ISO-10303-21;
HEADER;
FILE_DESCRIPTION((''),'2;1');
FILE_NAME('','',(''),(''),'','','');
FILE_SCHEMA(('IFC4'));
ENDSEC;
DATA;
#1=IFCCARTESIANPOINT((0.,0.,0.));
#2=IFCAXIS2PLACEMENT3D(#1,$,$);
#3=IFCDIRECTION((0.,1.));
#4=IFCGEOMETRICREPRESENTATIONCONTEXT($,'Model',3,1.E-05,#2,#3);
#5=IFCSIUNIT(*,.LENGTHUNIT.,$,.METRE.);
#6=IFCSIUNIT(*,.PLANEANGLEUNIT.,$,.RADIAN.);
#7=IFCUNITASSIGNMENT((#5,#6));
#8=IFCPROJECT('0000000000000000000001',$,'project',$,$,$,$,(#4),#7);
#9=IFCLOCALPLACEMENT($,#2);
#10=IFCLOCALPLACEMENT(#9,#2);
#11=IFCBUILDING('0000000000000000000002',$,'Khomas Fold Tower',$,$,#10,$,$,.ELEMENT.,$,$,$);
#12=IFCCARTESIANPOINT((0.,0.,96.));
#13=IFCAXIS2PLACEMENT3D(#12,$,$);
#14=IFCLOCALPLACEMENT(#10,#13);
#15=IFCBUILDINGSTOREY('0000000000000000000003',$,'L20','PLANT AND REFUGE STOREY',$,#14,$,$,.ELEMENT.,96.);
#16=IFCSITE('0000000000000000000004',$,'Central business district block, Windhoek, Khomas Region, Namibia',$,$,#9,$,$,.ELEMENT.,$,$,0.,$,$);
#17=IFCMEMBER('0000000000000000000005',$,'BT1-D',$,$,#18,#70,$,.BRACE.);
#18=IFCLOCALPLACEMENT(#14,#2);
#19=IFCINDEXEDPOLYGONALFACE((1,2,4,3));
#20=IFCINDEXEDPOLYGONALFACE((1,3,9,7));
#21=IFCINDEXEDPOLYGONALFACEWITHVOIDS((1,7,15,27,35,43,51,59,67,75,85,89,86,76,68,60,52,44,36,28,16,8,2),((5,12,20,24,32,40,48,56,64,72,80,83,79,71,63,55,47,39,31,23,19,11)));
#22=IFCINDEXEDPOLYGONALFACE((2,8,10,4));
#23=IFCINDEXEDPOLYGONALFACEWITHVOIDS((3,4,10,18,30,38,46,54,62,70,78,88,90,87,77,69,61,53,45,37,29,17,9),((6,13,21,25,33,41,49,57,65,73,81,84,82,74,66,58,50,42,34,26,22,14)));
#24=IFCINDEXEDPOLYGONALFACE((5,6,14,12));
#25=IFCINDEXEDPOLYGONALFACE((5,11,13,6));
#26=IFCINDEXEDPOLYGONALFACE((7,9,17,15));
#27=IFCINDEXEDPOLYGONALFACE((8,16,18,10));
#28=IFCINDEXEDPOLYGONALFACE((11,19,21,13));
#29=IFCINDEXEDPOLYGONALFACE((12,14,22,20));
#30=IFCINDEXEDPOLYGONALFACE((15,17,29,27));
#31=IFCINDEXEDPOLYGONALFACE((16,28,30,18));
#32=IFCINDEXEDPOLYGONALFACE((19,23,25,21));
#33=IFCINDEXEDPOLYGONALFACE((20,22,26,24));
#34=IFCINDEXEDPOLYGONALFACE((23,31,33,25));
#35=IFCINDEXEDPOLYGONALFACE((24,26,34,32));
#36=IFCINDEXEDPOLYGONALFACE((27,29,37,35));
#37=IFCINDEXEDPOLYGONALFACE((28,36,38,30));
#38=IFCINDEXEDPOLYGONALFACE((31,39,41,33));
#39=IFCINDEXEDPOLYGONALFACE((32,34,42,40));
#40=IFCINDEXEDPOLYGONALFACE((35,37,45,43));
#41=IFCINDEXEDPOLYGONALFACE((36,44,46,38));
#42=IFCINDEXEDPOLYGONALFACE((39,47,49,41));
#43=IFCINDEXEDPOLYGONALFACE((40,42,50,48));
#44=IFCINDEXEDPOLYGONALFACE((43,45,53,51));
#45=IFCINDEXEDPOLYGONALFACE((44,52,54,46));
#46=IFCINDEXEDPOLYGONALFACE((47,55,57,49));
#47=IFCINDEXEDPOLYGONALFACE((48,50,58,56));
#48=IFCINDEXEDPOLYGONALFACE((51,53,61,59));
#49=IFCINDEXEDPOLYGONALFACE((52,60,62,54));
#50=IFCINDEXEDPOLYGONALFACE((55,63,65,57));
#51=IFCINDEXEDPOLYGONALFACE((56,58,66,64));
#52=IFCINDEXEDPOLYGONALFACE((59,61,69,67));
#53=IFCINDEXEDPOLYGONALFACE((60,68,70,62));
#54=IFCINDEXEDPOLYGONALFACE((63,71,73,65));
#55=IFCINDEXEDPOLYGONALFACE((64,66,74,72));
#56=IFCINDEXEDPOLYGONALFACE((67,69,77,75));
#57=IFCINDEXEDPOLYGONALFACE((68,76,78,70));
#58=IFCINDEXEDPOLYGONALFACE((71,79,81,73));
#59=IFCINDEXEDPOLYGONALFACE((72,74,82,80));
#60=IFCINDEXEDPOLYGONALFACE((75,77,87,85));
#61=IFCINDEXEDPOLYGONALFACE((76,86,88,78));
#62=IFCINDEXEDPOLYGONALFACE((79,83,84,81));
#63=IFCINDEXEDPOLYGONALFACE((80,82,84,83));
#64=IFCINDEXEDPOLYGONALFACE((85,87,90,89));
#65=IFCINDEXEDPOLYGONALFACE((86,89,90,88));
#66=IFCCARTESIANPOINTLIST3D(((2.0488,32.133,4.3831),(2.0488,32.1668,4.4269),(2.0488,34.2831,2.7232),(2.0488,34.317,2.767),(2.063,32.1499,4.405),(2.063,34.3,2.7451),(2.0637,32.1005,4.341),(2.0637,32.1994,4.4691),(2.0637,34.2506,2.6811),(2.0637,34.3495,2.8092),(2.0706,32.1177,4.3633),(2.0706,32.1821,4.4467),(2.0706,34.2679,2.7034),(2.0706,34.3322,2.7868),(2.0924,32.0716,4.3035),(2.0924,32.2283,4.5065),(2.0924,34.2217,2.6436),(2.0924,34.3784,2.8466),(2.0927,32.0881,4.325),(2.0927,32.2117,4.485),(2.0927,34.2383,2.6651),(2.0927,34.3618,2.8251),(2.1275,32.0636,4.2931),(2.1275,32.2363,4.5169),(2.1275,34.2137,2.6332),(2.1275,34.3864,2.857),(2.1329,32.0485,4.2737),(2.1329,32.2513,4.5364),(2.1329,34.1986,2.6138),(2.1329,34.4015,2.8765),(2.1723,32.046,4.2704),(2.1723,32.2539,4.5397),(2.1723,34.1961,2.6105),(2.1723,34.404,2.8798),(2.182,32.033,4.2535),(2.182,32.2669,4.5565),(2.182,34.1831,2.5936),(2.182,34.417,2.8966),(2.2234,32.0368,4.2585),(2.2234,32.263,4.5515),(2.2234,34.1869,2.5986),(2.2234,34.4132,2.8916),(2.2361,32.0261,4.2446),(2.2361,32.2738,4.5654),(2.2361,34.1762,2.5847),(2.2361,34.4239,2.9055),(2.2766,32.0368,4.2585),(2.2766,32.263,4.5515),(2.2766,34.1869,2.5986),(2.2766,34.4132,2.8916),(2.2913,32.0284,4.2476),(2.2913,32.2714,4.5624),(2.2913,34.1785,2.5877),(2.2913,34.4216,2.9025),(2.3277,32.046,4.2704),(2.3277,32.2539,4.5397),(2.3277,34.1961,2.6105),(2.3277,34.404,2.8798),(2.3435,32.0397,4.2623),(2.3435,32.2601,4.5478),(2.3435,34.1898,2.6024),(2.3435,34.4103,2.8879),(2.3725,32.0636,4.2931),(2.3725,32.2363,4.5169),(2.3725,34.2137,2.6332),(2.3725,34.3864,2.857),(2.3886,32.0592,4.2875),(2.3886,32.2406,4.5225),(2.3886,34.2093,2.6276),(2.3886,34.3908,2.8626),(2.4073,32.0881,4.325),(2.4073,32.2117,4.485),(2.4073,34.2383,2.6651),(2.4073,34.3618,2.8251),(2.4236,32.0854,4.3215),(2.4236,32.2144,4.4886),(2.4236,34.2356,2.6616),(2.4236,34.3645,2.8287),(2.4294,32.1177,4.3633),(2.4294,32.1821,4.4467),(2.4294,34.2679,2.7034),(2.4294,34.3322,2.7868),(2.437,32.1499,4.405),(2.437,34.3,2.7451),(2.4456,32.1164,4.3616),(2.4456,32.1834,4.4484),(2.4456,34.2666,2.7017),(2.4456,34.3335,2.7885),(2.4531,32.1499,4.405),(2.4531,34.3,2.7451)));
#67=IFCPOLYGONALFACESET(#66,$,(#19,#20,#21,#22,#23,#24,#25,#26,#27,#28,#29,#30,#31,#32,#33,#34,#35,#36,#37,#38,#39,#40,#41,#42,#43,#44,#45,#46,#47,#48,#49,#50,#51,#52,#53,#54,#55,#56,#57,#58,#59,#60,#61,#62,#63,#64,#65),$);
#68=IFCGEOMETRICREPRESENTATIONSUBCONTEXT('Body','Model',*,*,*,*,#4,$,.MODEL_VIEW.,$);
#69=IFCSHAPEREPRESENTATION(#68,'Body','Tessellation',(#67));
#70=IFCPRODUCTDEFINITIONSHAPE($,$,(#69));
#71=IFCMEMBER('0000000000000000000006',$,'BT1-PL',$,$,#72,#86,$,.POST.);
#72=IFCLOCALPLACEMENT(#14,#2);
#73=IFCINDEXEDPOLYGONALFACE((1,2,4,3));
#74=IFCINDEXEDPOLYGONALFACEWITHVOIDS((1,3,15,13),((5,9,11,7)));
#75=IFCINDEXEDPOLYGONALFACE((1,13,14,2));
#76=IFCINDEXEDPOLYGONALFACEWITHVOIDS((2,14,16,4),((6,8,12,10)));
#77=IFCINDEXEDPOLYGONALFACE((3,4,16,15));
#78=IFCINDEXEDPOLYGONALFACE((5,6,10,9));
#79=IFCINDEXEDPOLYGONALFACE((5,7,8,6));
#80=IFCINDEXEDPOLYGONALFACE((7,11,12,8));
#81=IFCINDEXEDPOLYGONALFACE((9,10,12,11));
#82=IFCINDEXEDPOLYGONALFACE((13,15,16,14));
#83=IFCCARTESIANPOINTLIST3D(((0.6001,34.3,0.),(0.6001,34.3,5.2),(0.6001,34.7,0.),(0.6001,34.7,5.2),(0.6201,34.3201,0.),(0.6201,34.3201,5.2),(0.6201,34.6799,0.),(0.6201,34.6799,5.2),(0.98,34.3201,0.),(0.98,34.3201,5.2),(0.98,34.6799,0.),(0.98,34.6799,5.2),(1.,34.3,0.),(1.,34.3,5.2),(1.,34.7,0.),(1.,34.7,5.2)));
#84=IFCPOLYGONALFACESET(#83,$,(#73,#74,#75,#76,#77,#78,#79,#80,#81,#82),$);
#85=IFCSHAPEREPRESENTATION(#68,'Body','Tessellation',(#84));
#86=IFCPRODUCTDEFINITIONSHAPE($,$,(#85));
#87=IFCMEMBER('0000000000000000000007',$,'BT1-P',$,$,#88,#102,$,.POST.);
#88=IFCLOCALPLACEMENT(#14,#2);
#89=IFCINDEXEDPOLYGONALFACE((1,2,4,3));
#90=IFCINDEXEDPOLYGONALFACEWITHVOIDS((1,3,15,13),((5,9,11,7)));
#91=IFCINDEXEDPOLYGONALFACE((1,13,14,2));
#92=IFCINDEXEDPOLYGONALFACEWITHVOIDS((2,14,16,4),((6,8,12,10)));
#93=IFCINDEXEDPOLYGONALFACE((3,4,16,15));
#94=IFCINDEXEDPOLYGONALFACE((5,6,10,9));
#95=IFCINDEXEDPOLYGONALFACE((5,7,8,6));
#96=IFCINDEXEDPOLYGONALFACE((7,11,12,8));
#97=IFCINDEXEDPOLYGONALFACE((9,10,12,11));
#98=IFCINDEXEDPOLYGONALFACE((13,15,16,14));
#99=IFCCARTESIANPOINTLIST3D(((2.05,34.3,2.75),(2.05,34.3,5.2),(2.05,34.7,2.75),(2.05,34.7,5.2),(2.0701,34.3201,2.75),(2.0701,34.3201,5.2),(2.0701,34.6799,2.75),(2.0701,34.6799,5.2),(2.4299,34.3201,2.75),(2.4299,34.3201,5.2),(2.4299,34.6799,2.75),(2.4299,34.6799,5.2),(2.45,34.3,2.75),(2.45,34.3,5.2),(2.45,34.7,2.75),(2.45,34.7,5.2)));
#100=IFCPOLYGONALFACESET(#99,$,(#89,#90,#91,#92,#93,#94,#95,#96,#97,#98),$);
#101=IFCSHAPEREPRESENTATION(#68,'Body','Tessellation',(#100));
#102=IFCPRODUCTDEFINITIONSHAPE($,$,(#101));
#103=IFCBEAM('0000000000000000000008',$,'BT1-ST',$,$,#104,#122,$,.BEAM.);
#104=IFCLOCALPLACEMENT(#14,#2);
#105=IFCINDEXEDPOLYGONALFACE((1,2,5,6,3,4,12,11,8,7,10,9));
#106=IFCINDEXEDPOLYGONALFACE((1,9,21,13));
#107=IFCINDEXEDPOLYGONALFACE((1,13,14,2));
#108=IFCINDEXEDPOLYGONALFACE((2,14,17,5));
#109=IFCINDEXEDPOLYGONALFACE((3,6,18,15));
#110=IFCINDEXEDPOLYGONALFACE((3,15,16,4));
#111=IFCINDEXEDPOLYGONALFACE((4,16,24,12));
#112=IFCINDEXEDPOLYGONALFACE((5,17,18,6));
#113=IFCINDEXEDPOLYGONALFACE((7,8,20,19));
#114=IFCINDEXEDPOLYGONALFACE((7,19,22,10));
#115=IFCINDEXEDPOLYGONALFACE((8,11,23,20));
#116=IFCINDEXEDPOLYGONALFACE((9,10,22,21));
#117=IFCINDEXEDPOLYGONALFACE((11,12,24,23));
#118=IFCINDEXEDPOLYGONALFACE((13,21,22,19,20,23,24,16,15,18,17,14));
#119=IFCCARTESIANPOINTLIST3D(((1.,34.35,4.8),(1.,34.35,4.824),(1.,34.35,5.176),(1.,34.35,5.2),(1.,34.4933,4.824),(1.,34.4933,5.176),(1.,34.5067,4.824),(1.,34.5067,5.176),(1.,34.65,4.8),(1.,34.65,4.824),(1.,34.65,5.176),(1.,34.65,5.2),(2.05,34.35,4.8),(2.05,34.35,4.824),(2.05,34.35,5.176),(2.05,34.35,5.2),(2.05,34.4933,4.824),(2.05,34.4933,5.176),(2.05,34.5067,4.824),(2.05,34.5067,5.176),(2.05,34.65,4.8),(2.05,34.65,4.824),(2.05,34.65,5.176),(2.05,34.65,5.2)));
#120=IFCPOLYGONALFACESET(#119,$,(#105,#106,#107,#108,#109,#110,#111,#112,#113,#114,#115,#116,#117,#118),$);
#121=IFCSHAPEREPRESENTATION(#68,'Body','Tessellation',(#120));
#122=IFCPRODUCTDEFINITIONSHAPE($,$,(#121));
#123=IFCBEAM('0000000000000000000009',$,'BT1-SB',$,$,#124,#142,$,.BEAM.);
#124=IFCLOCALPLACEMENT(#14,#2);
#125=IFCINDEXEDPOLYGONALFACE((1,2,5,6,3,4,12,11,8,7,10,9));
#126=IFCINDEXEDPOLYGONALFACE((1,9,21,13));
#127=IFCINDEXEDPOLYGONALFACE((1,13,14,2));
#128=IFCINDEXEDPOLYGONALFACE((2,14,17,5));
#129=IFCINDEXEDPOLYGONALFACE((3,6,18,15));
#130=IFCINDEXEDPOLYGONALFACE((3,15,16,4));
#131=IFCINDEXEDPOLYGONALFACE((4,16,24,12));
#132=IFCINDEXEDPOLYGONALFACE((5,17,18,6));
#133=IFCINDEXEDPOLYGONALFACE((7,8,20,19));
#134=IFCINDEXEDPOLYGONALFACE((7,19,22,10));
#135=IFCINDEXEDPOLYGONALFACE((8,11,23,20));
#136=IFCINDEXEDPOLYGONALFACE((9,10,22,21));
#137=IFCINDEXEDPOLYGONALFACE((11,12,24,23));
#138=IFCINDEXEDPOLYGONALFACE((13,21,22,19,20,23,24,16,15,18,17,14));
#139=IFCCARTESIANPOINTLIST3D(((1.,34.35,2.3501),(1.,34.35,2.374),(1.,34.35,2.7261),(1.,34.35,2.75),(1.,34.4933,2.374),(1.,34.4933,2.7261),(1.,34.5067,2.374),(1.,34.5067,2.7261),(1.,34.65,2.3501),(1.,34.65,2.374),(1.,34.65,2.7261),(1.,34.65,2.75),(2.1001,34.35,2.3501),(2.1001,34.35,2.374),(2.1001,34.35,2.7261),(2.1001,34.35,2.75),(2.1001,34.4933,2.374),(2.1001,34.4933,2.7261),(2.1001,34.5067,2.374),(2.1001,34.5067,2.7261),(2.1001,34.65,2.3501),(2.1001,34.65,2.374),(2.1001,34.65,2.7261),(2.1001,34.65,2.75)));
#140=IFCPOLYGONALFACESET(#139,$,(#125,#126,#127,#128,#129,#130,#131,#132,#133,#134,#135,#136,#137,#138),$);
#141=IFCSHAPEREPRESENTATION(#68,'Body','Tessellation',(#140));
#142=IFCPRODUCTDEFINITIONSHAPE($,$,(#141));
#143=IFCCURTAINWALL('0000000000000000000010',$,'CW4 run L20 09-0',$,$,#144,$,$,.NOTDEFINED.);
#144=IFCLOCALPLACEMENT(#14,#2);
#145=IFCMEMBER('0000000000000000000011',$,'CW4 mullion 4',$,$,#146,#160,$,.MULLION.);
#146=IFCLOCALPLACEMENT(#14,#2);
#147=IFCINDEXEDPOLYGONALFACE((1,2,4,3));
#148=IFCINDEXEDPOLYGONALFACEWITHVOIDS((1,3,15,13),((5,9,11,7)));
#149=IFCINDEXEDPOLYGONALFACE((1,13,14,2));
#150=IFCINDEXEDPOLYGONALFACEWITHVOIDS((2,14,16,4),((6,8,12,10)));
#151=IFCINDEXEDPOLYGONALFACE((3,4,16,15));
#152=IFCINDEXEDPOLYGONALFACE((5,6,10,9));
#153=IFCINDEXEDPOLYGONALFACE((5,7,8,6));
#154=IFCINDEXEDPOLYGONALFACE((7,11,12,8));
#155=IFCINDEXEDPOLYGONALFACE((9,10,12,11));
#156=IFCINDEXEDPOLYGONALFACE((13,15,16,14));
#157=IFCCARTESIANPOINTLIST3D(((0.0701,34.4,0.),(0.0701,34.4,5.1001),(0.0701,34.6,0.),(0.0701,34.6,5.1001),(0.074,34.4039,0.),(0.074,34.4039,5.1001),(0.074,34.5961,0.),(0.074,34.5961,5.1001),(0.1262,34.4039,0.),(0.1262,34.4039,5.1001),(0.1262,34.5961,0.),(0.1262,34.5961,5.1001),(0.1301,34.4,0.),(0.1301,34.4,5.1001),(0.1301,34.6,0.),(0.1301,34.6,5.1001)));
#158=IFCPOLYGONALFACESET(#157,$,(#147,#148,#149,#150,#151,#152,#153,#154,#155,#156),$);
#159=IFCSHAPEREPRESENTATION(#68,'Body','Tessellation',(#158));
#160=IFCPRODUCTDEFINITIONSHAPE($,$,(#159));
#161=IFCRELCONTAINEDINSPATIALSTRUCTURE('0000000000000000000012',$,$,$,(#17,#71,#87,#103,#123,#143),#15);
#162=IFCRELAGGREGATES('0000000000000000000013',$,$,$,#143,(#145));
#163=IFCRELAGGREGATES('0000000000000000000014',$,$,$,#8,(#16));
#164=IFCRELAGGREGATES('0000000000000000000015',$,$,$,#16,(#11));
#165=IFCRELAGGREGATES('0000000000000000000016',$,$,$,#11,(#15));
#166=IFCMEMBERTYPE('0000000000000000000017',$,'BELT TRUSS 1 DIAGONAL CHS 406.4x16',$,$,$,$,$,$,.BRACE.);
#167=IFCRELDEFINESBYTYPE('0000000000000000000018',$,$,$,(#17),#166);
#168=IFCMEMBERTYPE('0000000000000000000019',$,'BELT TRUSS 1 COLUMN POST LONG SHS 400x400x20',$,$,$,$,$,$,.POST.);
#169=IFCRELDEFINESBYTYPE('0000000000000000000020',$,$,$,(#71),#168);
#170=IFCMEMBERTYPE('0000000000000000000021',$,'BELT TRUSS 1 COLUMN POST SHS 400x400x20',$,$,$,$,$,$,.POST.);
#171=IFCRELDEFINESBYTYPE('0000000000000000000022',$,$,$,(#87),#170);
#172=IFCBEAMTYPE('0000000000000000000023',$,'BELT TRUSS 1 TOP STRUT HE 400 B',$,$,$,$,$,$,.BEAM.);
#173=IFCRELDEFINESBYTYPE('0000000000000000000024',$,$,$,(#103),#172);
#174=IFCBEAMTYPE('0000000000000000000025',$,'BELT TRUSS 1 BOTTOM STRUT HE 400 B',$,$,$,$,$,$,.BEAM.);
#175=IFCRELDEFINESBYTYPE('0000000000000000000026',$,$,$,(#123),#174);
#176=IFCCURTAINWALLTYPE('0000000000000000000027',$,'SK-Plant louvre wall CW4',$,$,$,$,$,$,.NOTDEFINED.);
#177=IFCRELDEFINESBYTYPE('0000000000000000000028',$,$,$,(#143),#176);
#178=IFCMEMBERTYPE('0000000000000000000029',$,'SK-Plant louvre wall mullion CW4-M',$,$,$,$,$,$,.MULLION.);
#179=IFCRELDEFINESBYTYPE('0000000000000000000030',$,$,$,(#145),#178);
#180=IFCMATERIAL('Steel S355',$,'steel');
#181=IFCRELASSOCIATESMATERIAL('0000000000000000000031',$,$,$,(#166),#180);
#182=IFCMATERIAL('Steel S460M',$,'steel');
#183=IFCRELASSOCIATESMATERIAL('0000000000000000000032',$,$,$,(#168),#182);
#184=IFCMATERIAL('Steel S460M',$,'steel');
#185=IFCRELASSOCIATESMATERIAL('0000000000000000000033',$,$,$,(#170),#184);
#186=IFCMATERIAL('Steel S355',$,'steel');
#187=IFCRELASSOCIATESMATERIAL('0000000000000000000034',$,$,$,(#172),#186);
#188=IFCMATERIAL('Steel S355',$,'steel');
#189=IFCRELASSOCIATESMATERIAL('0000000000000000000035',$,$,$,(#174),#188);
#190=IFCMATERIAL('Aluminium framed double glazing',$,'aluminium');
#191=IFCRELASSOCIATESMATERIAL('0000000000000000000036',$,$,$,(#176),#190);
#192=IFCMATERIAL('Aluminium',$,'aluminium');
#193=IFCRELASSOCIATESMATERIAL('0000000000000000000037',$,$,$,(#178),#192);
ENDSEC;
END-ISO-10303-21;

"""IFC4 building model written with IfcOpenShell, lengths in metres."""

from ifc_helpers import new_model, si_unit, direction, frame, origin, origin_2d, place, context, subcontext, project, spatial, hollow_rectangle, hollow_circle, i_section, extrude, source, transform, mapped, material, material_profile, profile_set, type_object, element, aggregate, save


model = new_model("IFC4")

# Units and contexts
model_context = context("Model", 3, precision=1e-05, world=origin(), true_north=direction((0.0, 1.0)))
body_context = subcontext(model_context, "Body", "Model", "MODEL_VIEW")
ifc_project = project(units=[si_unit("LENGTHUNIT", "METRE"), si_unit("PLANEANGLEUNIT", "RADIAN")], contexts=[model_context])

# Site, building, storey
site_placement = place(None, origin())
site = spatial("IfcSite", under=ifc_project, at=site_placement, Name="Central business district block, Windhoek, Khomas Region, Namibia", CompositionType="ELEMENT", RefElevation=0.0)
building_placement = place(site_placement, origin())
building = spatial("IfcBuilding", under=site, at=building_placement, Name="Khomas Fold Tower", CompositionType="ELEMENT")
storey_placement = place(building_placement, frame((0.0, 0.0, 96.0)))
storey = spatial("IfcBuildingStorey", under=building, at=storey_placement, Name="L20", Description="PLANT AND REFUGE STOREY", CompositionType="ELEMENT", Elevation=96.0)

# Members
ifc_material_1 = material(Name="Steel S355", Category="steel")
ifc_material_profile_1 = material_profile(ifc_material_1, hollow_circle(Radius=0.2031, WallThickness=0.0161, at=origin_2d()), Name="CHS 406.4x16")
ifc_profile_set_1 = profile_set([ifc_material_profile_1], Name="Steel S355")
member_type_1 = type_object("IfcMemberType", Name="BELT TRUSS 1 DIAGONAL CHS 406.4x16", PredefinedType="BRACE", material=ifc_profile_set_1)
shared_shape_1 = source(origin(), body_context, "Body", "SweptSolid", [
    extrude(hollow_circle(Radius=0.2031, WallThickness=0.0161, at=origin_2d()), origin(), (0.0, 0.0, 1.0), 2.7163),
])
for number, where, z_axis, x_axis, name in (
    (1, (2.25, 34.3, 2.7451), (0.0, -0.791564, 0.611087), (1.0, 0.0, 0.0), "BT1-D"),
):
    element("IfcMember", number, at=place(storey_placement, frame(where, z_axis=z_axis, x_axis=x_axis)), inside=storey, type_object=member_type_1, Name=name, PredefinedType="BRACE", context=body_context, shape_type="MappedRepresentation", body=[
        mapped(shared_shape_1, transform((0.0, 0.0, 0.0))),
    ])
ifc_material_2 = material(Name="Steel S460M", Category="steel")
ifc_material_profile_2 = material_profile(ifc_material_2, hollow_rectangle(XDim=0.3999, YDim=0.3999, WallThickness=0.02, at=origin_2d()), Name="SHS 400x400x20")
ifc_profile_set_2 = profile_set([ifc_material_profile_2], Name="Steel S460M")
member_type_2 = type_object("IfcMemberType", Name="BELT TRUSS 1 COLUMN POST LONG SHS 400x400x20", PredefinedType="POST", material=ifc_profile_set_2)
shared_shape_2 = source(origin(), body_context, "Body", "SweptSolid", [
    extrude(hollow_rectangle(XDim=0.3999, YDim=0.3999, WallThickness=0.02, at=origin_2d()), origin(), (0.0, 0.0, 1.0), 5.2),
])
member_1_placement = place(storey_placement, frame((0.8, 34.5, 0.0), z_axis=(0.0, 0.0, 1.0), x_axis=(1.0, 0.0, 0.0)))
element("IfcMember", 2, at=member_1_placement, inside=storey, type_object=member_type_2, Name="BT1-PL", PredefinedType="POST", context=body_context, shape_type="MappedRepresentation", body=[
    mapped(shared_shape_2, transform((0.0, 0.0, 0.0))),
])
ifc_material_3 = material(Name="Steel S460M", Category="steel")
ifc_material_profile_3 = material_profile(ifc_material_3, hollow_rectangle(XDim=0.3999, YDim=0.3999, WallThickness=0.02, at=origin_2d()), Name="SHS 400x400x20")
ifc_profile_set_3 = profile_set([ifc_material_profile_3], Name="Steel S460M")
member_type_3 = type_object("IfcMemberType", Name="BELT TRUSS 1 COLUMN POST SHS 400x400x20", PredefinedType="POST", material=ifc_profile_set_3)
shared_shape_3 = source(origin(), body_context, "Body", "SweptSolid", [
    extrude(hollow_rectangle(XDim=0.3999, YDim=0.3999, WallThickness=0.02, at=origin_2d()), origin(), (0.0, 0.0, 1.0), 2.45),
])
member_2_placement = place(storey_placement, frame((2.25, 34.5, 2.75), z_axis=(0.0, 0.0, 1.0), x_axis=(1.0, 0.0, 0.0)))
element("IfcMember", 3, at=member_2_placement, inside=storey, type_object=member_type_3, Name="BT1-P", PredefinedType="POST", context=body_context, shape_type="MappedRepresentation", body=[
    mapped(shared_shape_3, transform((0.0, 0.0, 0.0))),
])

# Beams
ifc_material_4 = material(Name="Steel S355", Category="steel")
ifc_material_profile_4 = material_profile(ifc_material_4, i_section(OverallWidth=0.3, OverallDepth=0.3999, WebThickness=0.0134, FlangeThickness=0.0239, at=origin_2d()), Name="HE 400 B")
ifc_profile_set_4 = profile_set([ifc_material_profile_4], Name="Steel S355")
beam_type_1 = type_object("IfcBeamType", Name="BELT TRUSS 1 TOP STRUT HE 400 B", PredefinedType="BEAM", material=ifc_profile_set_4)
shared_shape_4 = source(origin(), body_context, "Body", "SweptSolid", [
    extrude(i_section(OverallWidth=0.3, OverallDepth=0.3999, WebThickness=0.0134, FlangeThickness=0.0239, at=origin_2d()), origin(), (0.0, 0.0, 1.0), 1.05),
])
beam_1_placement = place(storey_placement, frame((2.05, 34.5, 5.0), z_axis=(-1.0, 0.0, 0.0), x_axis=(0.0, -1.0, 0.0)))
element("IfcBeam", 4, at=beam_1_placement, inside=storey, type_object=beam_type_1, Name="BT1-ST", PredefinedType="BEAM", context=body_context, shape_type="MappedRepresentation", body=[
    mapped(shared_shape_4, transform((0.0, 0.0, 0.0))),
])
ifc_material_5 = material(Name="Steel S355", Category="steel")
ifc_material_profile_5 = material_profile(ifc_material_5, i_section(OverallWidth=0.3, OverallDepth=0.3999, WebThickness=0.0134, FlangeThickness=0.0239, at=origin_2d()), Name="HE 400 B")
ifc_profile_set_5 = profile_set([ifc_material_profile_5], Name="Steel S355")
beam_type_2 = type_object("IfcBeamType", Name="BELT TRUSS 1 BOTTOM STRUT HE 400 B", PredefinedType="BEAM", material=ifc_profile_set_5)
shared_shape_5 = source(origin(), body_context, "Body", "SweptSolid", [
    extrude(i_section(OverallWidth=0.3, OverallDepth=0.3999, WebThickness=0.0134, FlangeThickness=0.0239, at=origin_2d()), origin(), (0.0, 0.0, 1.0), 1.1001),
])
beam_2_placement = place(storey_placement, frame((2.1001, 34.5, 2.55), z_axis=(-1.0, 0.0, 0.0), x_axis=(0.0, -1.0, 0.0)))
element("IfcBeam", 5, at=beam_2_placement, inside=storey, type_object=beam_type_2, Name="BT1-SB", PredefinedType="BEAM", context=body_context, shape_type="MappedRepresentation", body=[
    mapped(shared_shape_5, transform((0.0, 0.0, 0.0))),
])

# Curtain wall, member
ifc_material_6 = material(Name="Aluminium framed double glazing", Category="aluminium")
curtain_wall_type = type_object("IfcCurtainWallType", Name="SK-Plant louvre wall CW4", PredefinedType="NOTDEFINED", material=ifc_material_6)
curtain_wall_placement = place(storey_placement, origin())
curtain_wall = element("IfcCurtainWall", 6, at=curtain_wall_placement, inside=storey, type_object=curtain_wall_type, Name="CW4 run L20 09-0", PredefinedType="NOTDEFINED")
ifc_material_7 = material(Name="Aluminium", Category="aluminium")
ifc_material_profile_6 = material_profile(ifc_material_7, hollow_rectangle(XDim=0.0601, YDim=0.2, WallThickness=0.0039, at=origin_2d()), Name="SK-Plant louvre wall mullion CW4-M")
ifc_profile_set_6 = profile_set([ifc_material_profile_6], Name="Aluminium")
member_type_4 = type_object("IfcMemberType", Name="SK-Plant louvre wall mullion CW4-M", PredefinedType="MULLION", material=ifc_profile_set_6)
shared_shape_6 = source(origin(), body_context, "Body", "SweptSolid", [
    extrude(hollow_rectangle(XDim=0.0601, YDim=0.2, WallThickness=0.0039, at=origin_2d()), origin(), (0.0, 0.0, 1.0), 5.1001),
])
member_3_placement = place(storey_placement, frame((0.1001, 34.5, 0.0), z_axis=(0.0, 0.0, 1.0), x_axis=(1.0, 0.0, 0.0)))
member_3 = element("IfcMember", 7, at=member_3_placement, type_object=member_type_4, Name="CW4 mullion 4", PredefinedType="MULLION", context=body_context, shape_type="MappedRepresentation", body=[
    mapped(shared_shape_6, transform((0.0, 0.0, 0.0))),
])
aggregate(curtain_wall, [member_3])

save(model, "model.ifc")
